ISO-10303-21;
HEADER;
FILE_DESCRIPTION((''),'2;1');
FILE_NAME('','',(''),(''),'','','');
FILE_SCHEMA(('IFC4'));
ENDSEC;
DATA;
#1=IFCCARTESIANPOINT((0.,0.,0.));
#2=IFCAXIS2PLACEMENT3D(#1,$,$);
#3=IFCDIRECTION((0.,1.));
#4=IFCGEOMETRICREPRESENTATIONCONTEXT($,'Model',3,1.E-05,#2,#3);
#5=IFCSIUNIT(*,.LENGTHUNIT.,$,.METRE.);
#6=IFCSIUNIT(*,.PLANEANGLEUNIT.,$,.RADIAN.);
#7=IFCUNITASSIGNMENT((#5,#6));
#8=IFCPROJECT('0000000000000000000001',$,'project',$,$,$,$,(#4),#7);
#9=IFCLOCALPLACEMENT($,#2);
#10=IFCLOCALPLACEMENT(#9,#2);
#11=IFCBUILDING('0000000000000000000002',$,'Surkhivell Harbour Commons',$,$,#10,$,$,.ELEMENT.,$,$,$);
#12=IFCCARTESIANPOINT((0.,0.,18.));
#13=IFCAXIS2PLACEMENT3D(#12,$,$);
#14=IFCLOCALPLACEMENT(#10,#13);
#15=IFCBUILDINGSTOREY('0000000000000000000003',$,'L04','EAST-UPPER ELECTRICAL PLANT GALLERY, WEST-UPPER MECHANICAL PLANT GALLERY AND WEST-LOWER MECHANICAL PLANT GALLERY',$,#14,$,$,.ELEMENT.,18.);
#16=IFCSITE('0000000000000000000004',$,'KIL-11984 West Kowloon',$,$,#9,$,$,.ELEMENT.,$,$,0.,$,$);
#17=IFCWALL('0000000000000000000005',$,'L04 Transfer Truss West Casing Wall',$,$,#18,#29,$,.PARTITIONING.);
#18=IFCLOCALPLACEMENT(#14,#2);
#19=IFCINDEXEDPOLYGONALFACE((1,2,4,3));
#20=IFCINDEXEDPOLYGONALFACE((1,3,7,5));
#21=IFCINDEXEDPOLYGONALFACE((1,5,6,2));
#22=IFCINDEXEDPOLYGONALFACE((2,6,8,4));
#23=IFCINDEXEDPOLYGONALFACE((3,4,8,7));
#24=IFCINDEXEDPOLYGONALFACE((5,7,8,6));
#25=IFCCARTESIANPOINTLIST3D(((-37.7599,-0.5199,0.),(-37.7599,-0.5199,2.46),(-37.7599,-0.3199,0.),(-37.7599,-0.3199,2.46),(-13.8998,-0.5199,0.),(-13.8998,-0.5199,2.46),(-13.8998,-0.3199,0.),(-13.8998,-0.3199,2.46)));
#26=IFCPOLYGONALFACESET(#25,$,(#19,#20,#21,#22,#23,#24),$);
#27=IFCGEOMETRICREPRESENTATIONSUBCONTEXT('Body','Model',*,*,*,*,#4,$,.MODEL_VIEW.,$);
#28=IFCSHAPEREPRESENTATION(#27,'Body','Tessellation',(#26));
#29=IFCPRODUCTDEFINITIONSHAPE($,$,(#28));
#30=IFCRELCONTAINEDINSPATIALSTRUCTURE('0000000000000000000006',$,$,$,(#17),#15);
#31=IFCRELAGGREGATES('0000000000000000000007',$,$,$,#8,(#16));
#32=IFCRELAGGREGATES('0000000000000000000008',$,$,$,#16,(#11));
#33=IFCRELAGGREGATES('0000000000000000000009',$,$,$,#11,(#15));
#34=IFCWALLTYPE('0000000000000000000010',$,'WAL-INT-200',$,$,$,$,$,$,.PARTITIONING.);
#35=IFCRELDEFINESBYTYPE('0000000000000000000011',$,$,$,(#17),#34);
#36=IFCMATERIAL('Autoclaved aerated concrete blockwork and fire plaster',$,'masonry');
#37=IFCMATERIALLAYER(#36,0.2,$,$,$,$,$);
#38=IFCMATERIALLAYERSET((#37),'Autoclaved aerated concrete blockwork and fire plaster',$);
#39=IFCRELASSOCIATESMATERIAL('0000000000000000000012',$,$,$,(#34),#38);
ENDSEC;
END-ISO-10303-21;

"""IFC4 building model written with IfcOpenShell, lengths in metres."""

from ifc_helpers import new_model, si_unit, direction, frame, frame_2d, origin, place, context, subcontext, project, spatial, rectangle, extrude, material, layer, layer_set, type_object, element, save


model = new_model("IFC4")

# Units and contexts
model_context = context("Model", 3, precision=1e-05, world=origin(), true_north=direction((0.0, 1.0)))
body_context = subcontext(model_context, "Body", "Model", "MODEL_VIEW")
ifc_project = project(units=[si_unit("LENGTHUNIT", "METRE"), si_unit("PLANEANGLEUNIT", "RADIAN")], contexts=[model_context])

# Site, building, storey
site_placement = place(None, origin())
site = spatial("IfcSite", under=ifc_project, at=site_placement, Name="KIL-11984 West Kowloon", CompositionType="ELEMENT", RefElevation=0.0)
building_placement = place(site_placement, origin())
building = spatial("IfcBuilding", under=site, at=building_placement, Name="Surkhivell Harbour Commons", CompositionType="ELEMENT")
storey_placement = place(building_placement, frame((0.0, 0.0, 18.0)))
storey = spatial("IfcBuildingStorey", under=building, at=storey_placement, Name="L04", Description="EAST-UPPER ELECTRICAL PLANT GALLERY, WEST-UPPER MECHANICAL PLANT GALLERY AND WEST-LOWER MECHANICAL PLANT GALLERY", CompositionType="ELEMENT", Elevation=18.0)

# Wall
ifc_material_1 = material(Name="Autoclaved aerated concrete blockwork and fire plaster", Category="masonry")
ifc_layer_1 = layer(ifc_material_1, 0.2)
ifc_layer_set_1 = layer_set([ifc_layer_1], Name="Autoclaved aerated concrete blockwork and fire plaster")
wall_type = type_object("IfcWallType", Name="WAL-INT-200", PredefinedType="PARTITIONING", material=ifc_layer_set_1)
wall_placement = place(storey_placement, frame((-37.76, -0.4199, 0.0), z_axis=(0.0, 0.0, 1.0), x_axis=(1.0, 0.0, 0.0)))
element("IfcWall", 1, at=wall_placement, inside=storey, type_object=wall_type, Name="L04 Transfer Truss West Casing Wall", PredefinedType="PARTITIONING", context=body_context, shape_type="SweptSolid", body=[
    extrude(rectangle(XDim=23.8601, YDim=0.2, at=frame_2d((11.9302, 0.0))), origin(), (0.0, 0.0, 1.0), 2.46),
])

save(model, "model.ifc")
